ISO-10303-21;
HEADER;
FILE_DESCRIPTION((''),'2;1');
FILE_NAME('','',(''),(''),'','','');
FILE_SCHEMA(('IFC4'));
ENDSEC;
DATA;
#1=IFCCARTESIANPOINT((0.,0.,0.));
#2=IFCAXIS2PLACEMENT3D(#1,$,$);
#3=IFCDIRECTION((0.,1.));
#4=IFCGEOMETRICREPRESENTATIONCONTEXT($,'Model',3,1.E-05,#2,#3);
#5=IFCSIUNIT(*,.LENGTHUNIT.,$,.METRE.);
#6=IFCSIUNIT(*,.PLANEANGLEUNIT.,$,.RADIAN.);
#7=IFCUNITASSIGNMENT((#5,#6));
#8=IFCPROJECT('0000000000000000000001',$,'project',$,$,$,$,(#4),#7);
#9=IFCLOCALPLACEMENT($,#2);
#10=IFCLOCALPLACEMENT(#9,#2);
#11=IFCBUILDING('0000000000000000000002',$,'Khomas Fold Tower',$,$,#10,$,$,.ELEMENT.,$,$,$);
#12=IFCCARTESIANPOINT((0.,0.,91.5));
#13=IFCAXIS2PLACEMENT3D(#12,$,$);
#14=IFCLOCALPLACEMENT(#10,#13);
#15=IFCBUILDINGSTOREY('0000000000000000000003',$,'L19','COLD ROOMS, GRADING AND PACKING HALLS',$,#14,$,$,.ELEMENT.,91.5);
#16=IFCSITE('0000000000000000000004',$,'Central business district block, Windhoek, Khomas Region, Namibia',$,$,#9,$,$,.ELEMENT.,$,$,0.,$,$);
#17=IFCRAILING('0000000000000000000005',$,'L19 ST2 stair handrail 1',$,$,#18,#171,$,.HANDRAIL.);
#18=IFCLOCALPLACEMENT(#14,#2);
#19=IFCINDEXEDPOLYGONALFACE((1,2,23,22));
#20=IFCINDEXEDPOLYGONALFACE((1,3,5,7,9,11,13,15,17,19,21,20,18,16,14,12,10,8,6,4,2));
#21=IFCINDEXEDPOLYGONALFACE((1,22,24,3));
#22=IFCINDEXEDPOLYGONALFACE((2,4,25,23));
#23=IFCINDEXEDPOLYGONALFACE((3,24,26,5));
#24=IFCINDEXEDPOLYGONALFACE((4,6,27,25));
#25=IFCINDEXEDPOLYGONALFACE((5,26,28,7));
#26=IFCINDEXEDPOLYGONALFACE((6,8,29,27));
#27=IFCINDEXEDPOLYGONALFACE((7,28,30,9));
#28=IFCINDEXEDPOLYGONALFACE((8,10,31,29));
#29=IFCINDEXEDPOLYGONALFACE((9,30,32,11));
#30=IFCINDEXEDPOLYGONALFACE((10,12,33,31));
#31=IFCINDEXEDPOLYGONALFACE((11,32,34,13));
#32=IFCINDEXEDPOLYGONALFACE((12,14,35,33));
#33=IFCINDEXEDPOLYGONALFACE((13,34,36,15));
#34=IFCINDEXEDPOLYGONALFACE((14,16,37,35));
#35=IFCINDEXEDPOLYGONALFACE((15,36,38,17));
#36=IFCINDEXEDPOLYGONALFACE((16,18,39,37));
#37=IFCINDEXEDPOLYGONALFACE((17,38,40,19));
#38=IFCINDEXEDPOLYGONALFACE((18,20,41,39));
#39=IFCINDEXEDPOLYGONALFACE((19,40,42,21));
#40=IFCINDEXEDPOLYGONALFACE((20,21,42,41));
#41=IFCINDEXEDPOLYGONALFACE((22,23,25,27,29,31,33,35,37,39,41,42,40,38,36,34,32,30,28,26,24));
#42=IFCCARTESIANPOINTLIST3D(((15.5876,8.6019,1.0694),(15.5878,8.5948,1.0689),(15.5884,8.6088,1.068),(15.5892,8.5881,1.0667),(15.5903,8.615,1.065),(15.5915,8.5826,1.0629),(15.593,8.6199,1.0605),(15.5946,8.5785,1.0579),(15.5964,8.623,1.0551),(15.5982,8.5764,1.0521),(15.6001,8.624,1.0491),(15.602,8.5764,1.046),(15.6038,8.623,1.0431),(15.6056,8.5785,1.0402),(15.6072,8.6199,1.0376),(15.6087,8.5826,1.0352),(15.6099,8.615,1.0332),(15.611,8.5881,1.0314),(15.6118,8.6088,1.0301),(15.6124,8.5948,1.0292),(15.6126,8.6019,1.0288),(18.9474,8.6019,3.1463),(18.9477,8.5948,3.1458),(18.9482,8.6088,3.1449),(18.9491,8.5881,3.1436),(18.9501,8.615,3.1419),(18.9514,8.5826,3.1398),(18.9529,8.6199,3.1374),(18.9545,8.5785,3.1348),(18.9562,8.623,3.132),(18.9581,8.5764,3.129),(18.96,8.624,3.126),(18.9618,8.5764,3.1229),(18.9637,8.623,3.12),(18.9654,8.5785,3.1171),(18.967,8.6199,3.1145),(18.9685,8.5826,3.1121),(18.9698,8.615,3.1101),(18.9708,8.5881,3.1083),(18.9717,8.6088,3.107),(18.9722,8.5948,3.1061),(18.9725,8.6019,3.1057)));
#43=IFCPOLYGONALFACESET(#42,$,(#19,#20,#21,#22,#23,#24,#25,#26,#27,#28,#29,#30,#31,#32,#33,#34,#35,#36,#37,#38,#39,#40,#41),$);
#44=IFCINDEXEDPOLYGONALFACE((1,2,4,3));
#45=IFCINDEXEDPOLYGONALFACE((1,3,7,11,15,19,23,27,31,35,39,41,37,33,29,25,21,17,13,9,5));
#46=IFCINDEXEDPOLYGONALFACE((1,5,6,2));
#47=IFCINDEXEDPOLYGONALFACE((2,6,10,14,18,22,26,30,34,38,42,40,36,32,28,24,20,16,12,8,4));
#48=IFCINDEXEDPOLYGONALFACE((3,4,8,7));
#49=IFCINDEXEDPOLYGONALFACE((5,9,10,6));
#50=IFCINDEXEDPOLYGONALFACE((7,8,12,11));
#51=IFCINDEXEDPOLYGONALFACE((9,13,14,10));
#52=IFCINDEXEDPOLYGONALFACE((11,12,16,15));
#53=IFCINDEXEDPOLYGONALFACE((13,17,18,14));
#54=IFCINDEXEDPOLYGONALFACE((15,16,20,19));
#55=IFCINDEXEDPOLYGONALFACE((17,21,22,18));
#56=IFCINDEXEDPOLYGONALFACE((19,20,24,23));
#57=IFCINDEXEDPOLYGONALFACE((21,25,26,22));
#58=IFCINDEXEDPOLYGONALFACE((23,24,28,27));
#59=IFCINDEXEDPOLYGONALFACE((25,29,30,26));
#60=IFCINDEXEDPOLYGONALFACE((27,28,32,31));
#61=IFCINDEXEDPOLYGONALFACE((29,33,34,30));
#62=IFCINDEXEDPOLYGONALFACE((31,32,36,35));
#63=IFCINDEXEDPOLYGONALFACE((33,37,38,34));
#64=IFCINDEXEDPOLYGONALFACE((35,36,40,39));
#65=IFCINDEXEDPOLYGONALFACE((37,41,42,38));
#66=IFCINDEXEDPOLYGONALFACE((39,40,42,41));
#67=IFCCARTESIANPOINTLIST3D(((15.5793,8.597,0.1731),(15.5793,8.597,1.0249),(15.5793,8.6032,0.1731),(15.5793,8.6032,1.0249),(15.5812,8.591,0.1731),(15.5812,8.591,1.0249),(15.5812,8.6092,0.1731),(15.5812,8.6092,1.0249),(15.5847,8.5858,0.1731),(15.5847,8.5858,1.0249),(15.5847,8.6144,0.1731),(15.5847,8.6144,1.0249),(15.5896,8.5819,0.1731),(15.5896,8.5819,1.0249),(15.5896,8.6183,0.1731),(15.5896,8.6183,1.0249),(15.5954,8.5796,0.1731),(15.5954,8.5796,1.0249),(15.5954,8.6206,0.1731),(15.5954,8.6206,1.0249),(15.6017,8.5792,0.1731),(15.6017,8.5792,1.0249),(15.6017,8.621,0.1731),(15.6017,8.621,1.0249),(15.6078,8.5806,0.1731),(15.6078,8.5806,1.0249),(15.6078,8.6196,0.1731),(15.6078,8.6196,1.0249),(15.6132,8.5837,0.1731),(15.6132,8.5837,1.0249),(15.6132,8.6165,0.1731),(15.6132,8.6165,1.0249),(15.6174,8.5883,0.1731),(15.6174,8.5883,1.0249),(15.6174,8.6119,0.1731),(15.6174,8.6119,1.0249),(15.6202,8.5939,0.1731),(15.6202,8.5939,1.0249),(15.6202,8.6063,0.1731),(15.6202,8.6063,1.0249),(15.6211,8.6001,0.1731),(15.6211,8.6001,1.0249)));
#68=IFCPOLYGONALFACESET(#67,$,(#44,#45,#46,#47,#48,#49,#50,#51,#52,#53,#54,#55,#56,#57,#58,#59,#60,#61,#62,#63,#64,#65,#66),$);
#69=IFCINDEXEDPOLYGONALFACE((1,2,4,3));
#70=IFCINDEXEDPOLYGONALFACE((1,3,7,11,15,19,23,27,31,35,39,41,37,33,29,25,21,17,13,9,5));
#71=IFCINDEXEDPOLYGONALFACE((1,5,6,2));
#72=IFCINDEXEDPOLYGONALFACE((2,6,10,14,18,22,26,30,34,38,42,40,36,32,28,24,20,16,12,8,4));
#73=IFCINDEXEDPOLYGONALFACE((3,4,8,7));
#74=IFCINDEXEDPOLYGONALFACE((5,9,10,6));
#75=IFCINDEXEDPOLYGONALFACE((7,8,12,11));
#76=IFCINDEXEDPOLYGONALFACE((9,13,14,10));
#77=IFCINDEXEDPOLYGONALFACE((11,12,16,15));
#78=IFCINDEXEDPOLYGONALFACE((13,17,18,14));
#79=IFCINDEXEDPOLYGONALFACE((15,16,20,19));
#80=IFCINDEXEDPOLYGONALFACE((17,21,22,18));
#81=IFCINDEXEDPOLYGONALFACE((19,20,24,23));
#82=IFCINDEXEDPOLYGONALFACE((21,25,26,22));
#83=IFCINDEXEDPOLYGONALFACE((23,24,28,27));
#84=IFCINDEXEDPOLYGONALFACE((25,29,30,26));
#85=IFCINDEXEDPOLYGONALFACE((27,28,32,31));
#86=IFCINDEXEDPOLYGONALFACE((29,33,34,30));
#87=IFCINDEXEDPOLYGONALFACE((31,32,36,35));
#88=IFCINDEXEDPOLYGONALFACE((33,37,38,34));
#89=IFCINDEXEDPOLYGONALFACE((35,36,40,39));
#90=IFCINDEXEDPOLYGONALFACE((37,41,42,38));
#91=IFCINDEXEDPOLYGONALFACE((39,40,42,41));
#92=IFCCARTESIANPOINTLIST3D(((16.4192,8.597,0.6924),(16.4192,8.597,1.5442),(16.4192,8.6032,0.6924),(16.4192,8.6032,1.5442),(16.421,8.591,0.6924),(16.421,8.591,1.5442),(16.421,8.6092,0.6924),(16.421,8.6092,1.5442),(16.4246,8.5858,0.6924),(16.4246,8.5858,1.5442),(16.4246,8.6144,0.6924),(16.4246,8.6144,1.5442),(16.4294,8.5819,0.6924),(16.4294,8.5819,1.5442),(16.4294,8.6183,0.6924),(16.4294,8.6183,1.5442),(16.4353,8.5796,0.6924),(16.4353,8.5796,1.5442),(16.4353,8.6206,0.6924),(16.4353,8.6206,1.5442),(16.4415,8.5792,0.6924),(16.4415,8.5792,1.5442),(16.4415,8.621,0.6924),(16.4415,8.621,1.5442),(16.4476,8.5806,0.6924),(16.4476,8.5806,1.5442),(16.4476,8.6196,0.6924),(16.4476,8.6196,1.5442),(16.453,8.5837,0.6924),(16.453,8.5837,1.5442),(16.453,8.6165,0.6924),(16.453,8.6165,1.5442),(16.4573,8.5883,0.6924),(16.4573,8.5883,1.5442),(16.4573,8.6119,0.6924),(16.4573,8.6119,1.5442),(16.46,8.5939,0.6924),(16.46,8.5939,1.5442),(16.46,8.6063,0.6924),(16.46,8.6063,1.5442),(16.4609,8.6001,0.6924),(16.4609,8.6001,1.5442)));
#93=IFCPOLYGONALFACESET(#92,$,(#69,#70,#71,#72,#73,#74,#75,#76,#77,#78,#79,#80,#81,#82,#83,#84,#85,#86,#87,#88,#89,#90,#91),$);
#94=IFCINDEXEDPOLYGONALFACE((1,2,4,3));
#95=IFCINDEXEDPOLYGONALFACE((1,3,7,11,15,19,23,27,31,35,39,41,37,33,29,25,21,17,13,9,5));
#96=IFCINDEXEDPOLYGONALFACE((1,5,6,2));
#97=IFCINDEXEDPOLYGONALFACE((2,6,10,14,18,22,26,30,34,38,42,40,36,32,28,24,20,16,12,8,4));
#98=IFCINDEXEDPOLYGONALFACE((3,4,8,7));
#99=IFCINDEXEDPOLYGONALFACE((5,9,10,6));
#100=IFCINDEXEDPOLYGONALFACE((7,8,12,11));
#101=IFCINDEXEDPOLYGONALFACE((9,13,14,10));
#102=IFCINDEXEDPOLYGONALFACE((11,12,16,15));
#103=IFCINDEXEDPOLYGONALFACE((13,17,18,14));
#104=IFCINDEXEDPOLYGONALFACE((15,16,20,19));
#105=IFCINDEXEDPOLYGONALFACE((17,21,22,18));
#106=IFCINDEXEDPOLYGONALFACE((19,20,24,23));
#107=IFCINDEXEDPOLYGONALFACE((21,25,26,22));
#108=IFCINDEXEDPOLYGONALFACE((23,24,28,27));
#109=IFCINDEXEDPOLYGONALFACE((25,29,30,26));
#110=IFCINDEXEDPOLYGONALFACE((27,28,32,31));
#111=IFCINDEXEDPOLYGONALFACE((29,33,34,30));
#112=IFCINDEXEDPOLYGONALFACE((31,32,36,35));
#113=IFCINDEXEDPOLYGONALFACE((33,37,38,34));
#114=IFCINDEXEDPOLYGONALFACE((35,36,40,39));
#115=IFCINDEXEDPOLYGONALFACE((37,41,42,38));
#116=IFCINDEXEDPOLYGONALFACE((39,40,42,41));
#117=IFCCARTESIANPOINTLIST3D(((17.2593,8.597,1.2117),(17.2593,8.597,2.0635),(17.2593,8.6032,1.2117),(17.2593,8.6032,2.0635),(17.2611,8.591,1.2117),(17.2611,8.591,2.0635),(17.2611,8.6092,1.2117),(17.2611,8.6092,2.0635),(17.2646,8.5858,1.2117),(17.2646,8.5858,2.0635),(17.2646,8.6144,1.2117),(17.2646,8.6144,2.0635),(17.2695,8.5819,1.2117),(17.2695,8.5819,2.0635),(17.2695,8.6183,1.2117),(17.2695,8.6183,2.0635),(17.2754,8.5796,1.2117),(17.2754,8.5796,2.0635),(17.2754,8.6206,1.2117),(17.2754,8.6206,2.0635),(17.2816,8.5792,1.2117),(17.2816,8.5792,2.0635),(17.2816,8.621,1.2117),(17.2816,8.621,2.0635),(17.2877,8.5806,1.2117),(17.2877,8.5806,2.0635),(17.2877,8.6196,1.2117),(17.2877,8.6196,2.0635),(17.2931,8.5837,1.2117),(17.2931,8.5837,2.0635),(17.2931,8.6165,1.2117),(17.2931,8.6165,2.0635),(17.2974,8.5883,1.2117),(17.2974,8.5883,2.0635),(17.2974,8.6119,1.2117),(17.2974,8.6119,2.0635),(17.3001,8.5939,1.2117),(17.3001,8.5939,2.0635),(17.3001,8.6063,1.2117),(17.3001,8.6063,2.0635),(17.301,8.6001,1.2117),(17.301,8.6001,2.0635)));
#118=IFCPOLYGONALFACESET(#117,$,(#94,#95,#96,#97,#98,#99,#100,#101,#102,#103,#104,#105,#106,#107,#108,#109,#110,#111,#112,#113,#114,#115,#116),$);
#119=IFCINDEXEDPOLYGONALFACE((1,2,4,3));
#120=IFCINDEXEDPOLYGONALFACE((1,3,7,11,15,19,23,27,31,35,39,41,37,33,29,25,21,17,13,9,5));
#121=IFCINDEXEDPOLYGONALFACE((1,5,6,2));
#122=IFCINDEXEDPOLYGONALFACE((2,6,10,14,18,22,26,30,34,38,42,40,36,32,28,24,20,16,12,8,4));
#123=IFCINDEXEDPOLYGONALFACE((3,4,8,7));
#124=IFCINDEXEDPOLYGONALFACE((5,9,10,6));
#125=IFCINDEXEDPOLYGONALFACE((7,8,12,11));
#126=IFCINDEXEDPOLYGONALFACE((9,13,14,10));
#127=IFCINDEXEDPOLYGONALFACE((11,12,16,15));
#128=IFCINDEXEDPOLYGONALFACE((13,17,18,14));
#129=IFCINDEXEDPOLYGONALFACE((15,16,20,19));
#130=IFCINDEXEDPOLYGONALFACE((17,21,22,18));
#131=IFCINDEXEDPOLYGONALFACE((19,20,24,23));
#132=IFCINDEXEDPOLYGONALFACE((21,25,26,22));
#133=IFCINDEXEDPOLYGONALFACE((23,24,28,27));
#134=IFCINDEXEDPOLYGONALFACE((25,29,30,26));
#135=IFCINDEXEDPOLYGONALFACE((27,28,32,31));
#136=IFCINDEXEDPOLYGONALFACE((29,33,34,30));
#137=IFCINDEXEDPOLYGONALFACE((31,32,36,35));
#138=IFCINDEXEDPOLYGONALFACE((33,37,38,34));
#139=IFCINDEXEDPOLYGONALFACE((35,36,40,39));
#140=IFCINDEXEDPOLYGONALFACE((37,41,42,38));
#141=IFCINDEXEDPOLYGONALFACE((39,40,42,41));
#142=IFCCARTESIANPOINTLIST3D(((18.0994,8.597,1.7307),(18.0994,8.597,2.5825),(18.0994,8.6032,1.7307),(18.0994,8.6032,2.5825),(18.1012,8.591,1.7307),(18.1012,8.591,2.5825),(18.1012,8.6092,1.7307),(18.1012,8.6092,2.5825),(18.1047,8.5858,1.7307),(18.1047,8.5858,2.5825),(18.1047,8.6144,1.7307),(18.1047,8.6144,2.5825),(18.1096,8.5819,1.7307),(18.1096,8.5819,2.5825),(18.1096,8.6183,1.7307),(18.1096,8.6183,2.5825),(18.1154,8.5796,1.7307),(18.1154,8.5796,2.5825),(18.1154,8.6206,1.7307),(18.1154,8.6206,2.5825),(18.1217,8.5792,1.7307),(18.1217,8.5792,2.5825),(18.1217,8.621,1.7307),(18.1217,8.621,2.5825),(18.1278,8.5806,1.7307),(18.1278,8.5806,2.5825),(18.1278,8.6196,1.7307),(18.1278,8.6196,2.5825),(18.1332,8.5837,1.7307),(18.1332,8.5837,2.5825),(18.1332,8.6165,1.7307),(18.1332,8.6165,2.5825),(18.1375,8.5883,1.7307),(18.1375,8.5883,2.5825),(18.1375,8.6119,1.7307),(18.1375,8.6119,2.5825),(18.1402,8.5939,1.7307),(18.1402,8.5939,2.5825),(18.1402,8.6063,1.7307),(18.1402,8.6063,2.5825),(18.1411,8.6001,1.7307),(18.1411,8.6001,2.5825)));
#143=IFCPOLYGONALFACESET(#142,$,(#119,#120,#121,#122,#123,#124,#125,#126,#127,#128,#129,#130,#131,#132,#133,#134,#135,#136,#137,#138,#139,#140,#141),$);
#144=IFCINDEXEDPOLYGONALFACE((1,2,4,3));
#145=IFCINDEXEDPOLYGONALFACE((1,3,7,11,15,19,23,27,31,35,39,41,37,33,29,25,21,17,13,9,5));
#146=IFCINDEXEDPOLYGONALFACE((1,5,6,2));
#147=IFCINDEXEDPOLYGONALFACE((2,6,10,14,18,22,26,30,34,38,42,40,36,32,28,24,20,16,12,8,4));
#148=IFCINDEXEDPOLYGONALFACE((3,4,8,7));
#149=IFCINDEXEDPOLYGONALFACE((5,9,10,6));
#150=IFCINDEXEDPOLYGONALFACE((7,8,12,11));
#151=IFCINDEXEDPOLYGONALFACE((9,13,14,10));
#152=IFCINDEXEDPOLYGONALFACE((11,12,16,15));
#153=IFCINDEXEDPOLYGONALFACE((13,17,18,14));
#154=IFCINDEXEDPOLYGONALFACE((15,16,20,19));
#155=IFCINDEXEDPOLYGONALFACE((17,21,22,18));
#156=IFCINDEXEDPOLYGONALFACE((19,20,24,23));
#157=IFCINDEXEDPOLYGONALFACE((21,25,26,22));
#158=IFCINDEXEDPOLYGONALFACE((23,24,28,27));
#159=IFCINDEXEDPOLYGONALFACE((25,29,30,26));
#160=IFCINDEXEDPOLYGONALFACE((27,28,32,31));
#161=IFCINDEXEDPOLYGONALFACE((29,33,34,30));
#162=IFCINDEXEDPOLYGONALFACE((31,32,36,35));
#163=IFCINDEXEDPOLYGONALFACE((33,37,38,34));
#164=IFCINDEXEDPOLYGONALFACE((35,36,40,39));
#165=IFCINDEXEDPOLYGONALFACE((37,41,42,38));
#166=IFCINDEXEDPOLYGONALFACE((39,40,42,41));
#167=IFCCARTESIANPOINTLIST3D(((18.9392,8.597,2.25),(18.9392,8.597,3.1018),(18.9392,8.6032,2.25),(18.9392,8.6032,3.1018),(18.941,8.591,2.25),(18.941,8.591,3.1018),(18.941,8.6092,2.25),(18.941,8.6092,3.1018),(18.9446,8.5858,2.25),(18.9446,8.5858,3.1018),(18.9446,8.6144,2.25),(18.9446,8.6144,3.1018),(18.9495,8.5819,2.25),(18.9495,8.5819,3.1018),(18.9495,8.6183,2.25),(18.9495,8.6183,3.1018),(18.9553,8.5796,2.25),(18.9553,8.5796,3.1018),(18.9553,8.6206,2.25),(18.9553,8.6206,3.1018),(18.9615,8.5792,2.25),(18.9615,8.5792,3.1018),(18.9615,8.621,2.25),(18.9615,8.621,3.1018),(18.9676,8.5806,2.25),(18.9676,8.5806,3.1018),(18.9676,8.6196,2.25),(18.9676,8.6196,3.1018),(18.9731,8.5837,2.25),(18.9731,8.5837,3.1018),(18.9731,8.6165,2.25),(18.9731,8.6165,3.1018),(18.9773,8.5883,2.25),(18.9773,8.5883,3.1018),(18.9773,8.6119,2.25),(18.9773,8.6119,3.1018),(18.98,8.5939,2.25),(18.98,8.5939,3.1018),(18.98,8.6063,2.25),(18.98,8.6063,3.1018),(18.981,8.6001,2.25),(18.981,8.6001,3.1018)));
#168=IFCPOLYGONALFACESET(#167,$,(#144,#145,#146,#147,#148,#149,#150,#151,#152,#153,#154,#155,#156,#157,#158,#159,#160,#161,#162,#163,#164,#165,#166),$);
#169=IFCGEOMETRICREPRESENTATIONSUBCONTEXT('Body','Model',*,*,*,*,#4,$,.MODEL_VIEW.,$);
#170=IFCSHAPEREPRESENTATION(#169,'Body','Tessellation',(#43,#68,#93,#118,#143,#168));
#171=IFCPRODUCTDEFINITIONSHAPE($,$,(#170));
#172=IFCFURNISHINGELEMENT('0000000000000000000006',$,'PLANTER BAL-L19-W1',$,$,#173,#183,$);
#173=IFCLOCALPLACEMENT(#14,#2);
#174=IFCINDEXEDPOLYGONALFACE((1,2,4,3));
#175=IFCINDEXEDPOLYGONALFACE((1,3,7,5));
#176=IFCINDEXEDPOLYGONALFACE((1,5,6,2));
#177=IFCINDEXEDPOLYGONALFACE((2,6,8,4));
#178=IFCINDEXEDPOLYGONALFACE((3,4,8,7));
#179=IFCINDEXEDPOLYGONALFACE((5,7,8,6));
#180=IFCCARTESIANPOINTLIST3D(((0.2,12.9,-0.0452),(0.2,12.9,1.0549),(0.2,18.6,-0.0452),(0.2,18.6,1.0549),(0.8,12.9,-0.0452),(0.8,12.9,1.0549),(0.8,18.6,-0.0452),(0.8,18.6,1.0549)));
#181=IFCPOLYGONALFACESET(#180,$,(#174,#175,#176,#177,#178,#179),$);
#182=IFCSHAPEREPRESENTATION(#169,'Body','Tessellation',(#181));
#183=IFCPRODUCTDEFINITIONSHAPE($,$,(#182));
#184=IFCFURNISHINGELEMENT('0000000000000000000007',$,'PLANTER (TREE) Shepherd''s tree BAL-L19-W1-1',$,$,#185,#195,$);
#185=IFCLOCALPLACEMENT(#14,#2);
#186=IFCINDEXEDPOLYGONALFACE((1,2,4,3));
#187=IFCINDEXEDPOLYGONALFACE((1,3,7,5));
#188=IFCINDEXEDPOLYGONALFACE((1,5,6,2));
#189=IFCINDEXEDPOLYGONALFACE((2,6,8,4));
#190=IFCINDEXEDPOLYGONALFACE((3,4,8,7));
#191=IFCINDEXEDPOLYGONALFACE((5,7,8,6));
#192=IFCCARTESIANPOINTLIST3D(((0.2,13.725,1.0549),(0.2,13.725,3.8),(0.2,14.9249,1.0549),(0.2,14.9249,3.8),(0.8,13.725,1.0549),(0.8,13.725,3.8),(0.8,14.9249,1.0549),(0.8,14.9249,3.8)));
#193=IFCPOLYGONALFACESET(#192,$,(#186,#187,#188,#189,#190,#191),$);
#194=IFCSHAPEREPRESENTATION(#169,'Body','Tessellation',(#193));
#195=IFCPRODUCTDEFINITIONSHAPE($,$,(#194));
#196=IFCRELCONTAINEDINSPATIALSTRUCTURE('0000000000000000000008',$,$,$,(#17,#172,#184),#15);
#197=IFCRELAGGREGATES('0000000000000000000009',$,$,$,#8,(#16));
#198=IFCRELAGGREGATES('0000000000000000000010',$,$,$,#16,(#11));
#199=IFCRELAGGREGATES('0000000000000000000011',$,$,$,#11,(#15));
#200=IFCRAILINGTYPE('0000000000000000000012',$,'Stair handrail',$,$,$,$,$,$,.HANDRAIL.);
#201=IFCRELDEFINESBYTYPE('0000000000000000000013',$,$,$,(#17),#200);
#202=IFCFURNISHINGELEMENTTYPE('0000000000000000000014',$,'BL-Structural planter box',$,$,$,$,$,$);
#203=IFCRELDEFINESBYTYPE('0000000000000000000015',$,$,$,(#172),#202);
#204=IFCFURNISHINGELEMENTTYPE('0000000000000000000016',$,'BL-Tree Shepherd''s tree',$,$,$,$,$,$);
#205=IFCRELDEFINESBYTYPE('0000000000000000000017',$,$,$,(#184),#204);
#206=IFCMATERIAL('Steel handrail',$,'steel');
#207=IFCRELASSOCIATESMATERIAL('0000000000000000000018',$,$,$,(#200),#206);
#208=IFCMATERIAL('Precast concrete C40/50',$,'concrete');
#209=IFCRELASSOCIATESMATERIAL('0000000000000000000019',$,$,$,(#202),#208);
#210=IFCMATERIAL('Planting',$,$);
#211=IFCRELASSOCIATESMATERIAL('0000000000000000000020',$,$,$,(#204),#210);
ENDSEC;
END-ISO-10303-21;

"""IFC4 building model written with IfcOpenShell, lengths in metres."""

from ifc_helpers import new_model, si_unit, direction, frame, origin, origin_2d, place, context, subcontext, project, spatial, rectangle, circle, extrude, source, transform, mapped, material, type_object, element, save


model = new_model("IFC4")

# Units and contexts
model_context = context("Model", 3, precision=1e-05, world=origin(), true_north=direction((0.0, 1.0)))
body_context = subcontext(model_context, "Body", "Model", "MODEL_VIEW")
ifc_project = project(units=[si_unit("LENGTHUNIT", "METRE"), si_unit("PLANEANGLEUNIT", "RADIAN")], contexts=[model_context])

# Site, building, storey
site_placement = place(None, origin())
site = spatial("IfcSite", under=ifc_project, at=site_placement, Name="Central business district block, Windhoek, Khomas Region, Namibia", CompositionType="ELEMENT", RefElevation=0.0)
building_placement = place(site_placement, origin())
building = spatial("IfcBuilding", under=site, at=building_placement, Name="Khomas Fold Tower", CompositionType="ELEMENT")
storey_placement = place(building_placement, frame((0.0, 0.0, 91.5)))
storey = spatial("IfcBuildingStorey", under=building, at=storey_placement, Name="L19", Description="COLD ROOMS, GRADING AND PACKING HALLS", CompositionType="ELEMENT", Elevation=91.5)

# Railing
ifc_material_1 = material(Name="Steel handrail", Category="steel")
railing_type_1 = type_object("IfcRailingType", Name="Stair handrail", PredefinedType="HANDRAIL", material=ifc_material_1)
shared_shape_1 = source(origin(), body_context, "Body", "SweptSolid", [
    extrude(circle(Radius=0.0239, at=origin_2d()), frame((0.0, 0.0, 0.876), z_axis=(0.850606, 0.0, 0.525803), x_axis=(0.0, 1.0, 0.0)), (0.0, 0.0, 1.0), 3.95),
    extrude(circle(Radius=0.021, at=origin_2d()), origin(), (0.0, 0.0, 1.0), 0.8518),
    extrude(circle(Radius=0.021, at=origin_2d()), frame((0.8398, 0.0, 0.5193)), (0.0, 0.0, 1.0), 0.8518),
    extrude(circle(Radius=0.021, at=origin_2d()), frame((1.6799, 0.0, 1.0386)), (0.0, 0.0, 1.0), 0.8518),
    extrude(circle(Radius=0.021, at=origin_2d()), frame((2.52, 0.0, 1.5576)), (0.0, 0.0, 1.0), 0.8518),
    extrude(circle(Radius=0.021, at=origin_2d()), frame((3.3599, 0.0, 2.0769)), (0.0, 0.0, 1.0), 0.8518),
])
railing_1_placement = place(storey_placement, frame((15.6001, 8.6001, 0.1731)))
element("IfcRailing", 1, at=railing_1_placement, inside=storey, type_object=railing_type_1, Name="L19 ST2 stair handrail 1", PredefinedType="HANDRAIL", context=body_context, shape_type="MappedRepresentation", body=[
    mapped(shared_shape_1, transform((0.0, 0.0, 0.0))),
])

# Furnishing elements
ifc_material_2 = material(Name="Precast concrete C40/50", Category="concrete")
furnishing_element_type_1 = type_object("IfcFurnishingElementType", Name="BL-Structural planter box", material=ifc_material_2)
shared_shape_2 = source(origin(), body_context, "Body", "SweptSolid", [
    extrude(rectangle(XDim=5.7, YDim=0.6001, at=origin_2d()), origin(), (0.0, 0.0, 1.0), 1.1001),
])
furnishing_1_placement = place(storey_placement, frame((0.5, 15.75, -0.0452), z_axis=(0.0, 0.0, 1.0), x_axis=(0.0, 1.0, 0.0)))
element("IfcFurnishingElement", 2, at=furnishing_1_placement, inside=storey, type_object=furnishing_element_type_1, Name="PLANTER BAL-L19-W1", context=body_context, shape_type="MappedRepresentation", body=[
    mapped(shared_shape_2, transform((0.0, 0.0, 0.0))),
])
ifc_material_3 = material(Name="Planting")
furnishing_element_type_2 = type_object("IfcFurnishingElementType", Name="BL-Tree Shepherd's tree", material=ifc_material_3)
shared_shape_3 = source(origin(), body_context, "Body", "SweptSolid", [
    extrude(rectangle(XDim=1.2, YDim=0.6001, at=origin_2d()), origin(), (0.0, 0.0, 1.0), 2.7451),
])
furnishing_2_placement = place(storey_placement, frame((0.5, 14.325, 1.0549), z_axis=(0.0, 0.0, 1.0), x_axis=(0.0, 1.0, 0.0)))
element("IfcFurnishingElement", 3, at=furnishing_2_placement, inside=storey, type_object=furnishing_element_type_2, Name="PLANTER (TREE) Shepherd's tree BAL-L19-W1-1", context=body_context, shape_type="MappedRepresentation", body=[
    mapped(shared_shape_3, transform((0.0, 0.0, 0.0))),
])

save(model, "model.ifc")
